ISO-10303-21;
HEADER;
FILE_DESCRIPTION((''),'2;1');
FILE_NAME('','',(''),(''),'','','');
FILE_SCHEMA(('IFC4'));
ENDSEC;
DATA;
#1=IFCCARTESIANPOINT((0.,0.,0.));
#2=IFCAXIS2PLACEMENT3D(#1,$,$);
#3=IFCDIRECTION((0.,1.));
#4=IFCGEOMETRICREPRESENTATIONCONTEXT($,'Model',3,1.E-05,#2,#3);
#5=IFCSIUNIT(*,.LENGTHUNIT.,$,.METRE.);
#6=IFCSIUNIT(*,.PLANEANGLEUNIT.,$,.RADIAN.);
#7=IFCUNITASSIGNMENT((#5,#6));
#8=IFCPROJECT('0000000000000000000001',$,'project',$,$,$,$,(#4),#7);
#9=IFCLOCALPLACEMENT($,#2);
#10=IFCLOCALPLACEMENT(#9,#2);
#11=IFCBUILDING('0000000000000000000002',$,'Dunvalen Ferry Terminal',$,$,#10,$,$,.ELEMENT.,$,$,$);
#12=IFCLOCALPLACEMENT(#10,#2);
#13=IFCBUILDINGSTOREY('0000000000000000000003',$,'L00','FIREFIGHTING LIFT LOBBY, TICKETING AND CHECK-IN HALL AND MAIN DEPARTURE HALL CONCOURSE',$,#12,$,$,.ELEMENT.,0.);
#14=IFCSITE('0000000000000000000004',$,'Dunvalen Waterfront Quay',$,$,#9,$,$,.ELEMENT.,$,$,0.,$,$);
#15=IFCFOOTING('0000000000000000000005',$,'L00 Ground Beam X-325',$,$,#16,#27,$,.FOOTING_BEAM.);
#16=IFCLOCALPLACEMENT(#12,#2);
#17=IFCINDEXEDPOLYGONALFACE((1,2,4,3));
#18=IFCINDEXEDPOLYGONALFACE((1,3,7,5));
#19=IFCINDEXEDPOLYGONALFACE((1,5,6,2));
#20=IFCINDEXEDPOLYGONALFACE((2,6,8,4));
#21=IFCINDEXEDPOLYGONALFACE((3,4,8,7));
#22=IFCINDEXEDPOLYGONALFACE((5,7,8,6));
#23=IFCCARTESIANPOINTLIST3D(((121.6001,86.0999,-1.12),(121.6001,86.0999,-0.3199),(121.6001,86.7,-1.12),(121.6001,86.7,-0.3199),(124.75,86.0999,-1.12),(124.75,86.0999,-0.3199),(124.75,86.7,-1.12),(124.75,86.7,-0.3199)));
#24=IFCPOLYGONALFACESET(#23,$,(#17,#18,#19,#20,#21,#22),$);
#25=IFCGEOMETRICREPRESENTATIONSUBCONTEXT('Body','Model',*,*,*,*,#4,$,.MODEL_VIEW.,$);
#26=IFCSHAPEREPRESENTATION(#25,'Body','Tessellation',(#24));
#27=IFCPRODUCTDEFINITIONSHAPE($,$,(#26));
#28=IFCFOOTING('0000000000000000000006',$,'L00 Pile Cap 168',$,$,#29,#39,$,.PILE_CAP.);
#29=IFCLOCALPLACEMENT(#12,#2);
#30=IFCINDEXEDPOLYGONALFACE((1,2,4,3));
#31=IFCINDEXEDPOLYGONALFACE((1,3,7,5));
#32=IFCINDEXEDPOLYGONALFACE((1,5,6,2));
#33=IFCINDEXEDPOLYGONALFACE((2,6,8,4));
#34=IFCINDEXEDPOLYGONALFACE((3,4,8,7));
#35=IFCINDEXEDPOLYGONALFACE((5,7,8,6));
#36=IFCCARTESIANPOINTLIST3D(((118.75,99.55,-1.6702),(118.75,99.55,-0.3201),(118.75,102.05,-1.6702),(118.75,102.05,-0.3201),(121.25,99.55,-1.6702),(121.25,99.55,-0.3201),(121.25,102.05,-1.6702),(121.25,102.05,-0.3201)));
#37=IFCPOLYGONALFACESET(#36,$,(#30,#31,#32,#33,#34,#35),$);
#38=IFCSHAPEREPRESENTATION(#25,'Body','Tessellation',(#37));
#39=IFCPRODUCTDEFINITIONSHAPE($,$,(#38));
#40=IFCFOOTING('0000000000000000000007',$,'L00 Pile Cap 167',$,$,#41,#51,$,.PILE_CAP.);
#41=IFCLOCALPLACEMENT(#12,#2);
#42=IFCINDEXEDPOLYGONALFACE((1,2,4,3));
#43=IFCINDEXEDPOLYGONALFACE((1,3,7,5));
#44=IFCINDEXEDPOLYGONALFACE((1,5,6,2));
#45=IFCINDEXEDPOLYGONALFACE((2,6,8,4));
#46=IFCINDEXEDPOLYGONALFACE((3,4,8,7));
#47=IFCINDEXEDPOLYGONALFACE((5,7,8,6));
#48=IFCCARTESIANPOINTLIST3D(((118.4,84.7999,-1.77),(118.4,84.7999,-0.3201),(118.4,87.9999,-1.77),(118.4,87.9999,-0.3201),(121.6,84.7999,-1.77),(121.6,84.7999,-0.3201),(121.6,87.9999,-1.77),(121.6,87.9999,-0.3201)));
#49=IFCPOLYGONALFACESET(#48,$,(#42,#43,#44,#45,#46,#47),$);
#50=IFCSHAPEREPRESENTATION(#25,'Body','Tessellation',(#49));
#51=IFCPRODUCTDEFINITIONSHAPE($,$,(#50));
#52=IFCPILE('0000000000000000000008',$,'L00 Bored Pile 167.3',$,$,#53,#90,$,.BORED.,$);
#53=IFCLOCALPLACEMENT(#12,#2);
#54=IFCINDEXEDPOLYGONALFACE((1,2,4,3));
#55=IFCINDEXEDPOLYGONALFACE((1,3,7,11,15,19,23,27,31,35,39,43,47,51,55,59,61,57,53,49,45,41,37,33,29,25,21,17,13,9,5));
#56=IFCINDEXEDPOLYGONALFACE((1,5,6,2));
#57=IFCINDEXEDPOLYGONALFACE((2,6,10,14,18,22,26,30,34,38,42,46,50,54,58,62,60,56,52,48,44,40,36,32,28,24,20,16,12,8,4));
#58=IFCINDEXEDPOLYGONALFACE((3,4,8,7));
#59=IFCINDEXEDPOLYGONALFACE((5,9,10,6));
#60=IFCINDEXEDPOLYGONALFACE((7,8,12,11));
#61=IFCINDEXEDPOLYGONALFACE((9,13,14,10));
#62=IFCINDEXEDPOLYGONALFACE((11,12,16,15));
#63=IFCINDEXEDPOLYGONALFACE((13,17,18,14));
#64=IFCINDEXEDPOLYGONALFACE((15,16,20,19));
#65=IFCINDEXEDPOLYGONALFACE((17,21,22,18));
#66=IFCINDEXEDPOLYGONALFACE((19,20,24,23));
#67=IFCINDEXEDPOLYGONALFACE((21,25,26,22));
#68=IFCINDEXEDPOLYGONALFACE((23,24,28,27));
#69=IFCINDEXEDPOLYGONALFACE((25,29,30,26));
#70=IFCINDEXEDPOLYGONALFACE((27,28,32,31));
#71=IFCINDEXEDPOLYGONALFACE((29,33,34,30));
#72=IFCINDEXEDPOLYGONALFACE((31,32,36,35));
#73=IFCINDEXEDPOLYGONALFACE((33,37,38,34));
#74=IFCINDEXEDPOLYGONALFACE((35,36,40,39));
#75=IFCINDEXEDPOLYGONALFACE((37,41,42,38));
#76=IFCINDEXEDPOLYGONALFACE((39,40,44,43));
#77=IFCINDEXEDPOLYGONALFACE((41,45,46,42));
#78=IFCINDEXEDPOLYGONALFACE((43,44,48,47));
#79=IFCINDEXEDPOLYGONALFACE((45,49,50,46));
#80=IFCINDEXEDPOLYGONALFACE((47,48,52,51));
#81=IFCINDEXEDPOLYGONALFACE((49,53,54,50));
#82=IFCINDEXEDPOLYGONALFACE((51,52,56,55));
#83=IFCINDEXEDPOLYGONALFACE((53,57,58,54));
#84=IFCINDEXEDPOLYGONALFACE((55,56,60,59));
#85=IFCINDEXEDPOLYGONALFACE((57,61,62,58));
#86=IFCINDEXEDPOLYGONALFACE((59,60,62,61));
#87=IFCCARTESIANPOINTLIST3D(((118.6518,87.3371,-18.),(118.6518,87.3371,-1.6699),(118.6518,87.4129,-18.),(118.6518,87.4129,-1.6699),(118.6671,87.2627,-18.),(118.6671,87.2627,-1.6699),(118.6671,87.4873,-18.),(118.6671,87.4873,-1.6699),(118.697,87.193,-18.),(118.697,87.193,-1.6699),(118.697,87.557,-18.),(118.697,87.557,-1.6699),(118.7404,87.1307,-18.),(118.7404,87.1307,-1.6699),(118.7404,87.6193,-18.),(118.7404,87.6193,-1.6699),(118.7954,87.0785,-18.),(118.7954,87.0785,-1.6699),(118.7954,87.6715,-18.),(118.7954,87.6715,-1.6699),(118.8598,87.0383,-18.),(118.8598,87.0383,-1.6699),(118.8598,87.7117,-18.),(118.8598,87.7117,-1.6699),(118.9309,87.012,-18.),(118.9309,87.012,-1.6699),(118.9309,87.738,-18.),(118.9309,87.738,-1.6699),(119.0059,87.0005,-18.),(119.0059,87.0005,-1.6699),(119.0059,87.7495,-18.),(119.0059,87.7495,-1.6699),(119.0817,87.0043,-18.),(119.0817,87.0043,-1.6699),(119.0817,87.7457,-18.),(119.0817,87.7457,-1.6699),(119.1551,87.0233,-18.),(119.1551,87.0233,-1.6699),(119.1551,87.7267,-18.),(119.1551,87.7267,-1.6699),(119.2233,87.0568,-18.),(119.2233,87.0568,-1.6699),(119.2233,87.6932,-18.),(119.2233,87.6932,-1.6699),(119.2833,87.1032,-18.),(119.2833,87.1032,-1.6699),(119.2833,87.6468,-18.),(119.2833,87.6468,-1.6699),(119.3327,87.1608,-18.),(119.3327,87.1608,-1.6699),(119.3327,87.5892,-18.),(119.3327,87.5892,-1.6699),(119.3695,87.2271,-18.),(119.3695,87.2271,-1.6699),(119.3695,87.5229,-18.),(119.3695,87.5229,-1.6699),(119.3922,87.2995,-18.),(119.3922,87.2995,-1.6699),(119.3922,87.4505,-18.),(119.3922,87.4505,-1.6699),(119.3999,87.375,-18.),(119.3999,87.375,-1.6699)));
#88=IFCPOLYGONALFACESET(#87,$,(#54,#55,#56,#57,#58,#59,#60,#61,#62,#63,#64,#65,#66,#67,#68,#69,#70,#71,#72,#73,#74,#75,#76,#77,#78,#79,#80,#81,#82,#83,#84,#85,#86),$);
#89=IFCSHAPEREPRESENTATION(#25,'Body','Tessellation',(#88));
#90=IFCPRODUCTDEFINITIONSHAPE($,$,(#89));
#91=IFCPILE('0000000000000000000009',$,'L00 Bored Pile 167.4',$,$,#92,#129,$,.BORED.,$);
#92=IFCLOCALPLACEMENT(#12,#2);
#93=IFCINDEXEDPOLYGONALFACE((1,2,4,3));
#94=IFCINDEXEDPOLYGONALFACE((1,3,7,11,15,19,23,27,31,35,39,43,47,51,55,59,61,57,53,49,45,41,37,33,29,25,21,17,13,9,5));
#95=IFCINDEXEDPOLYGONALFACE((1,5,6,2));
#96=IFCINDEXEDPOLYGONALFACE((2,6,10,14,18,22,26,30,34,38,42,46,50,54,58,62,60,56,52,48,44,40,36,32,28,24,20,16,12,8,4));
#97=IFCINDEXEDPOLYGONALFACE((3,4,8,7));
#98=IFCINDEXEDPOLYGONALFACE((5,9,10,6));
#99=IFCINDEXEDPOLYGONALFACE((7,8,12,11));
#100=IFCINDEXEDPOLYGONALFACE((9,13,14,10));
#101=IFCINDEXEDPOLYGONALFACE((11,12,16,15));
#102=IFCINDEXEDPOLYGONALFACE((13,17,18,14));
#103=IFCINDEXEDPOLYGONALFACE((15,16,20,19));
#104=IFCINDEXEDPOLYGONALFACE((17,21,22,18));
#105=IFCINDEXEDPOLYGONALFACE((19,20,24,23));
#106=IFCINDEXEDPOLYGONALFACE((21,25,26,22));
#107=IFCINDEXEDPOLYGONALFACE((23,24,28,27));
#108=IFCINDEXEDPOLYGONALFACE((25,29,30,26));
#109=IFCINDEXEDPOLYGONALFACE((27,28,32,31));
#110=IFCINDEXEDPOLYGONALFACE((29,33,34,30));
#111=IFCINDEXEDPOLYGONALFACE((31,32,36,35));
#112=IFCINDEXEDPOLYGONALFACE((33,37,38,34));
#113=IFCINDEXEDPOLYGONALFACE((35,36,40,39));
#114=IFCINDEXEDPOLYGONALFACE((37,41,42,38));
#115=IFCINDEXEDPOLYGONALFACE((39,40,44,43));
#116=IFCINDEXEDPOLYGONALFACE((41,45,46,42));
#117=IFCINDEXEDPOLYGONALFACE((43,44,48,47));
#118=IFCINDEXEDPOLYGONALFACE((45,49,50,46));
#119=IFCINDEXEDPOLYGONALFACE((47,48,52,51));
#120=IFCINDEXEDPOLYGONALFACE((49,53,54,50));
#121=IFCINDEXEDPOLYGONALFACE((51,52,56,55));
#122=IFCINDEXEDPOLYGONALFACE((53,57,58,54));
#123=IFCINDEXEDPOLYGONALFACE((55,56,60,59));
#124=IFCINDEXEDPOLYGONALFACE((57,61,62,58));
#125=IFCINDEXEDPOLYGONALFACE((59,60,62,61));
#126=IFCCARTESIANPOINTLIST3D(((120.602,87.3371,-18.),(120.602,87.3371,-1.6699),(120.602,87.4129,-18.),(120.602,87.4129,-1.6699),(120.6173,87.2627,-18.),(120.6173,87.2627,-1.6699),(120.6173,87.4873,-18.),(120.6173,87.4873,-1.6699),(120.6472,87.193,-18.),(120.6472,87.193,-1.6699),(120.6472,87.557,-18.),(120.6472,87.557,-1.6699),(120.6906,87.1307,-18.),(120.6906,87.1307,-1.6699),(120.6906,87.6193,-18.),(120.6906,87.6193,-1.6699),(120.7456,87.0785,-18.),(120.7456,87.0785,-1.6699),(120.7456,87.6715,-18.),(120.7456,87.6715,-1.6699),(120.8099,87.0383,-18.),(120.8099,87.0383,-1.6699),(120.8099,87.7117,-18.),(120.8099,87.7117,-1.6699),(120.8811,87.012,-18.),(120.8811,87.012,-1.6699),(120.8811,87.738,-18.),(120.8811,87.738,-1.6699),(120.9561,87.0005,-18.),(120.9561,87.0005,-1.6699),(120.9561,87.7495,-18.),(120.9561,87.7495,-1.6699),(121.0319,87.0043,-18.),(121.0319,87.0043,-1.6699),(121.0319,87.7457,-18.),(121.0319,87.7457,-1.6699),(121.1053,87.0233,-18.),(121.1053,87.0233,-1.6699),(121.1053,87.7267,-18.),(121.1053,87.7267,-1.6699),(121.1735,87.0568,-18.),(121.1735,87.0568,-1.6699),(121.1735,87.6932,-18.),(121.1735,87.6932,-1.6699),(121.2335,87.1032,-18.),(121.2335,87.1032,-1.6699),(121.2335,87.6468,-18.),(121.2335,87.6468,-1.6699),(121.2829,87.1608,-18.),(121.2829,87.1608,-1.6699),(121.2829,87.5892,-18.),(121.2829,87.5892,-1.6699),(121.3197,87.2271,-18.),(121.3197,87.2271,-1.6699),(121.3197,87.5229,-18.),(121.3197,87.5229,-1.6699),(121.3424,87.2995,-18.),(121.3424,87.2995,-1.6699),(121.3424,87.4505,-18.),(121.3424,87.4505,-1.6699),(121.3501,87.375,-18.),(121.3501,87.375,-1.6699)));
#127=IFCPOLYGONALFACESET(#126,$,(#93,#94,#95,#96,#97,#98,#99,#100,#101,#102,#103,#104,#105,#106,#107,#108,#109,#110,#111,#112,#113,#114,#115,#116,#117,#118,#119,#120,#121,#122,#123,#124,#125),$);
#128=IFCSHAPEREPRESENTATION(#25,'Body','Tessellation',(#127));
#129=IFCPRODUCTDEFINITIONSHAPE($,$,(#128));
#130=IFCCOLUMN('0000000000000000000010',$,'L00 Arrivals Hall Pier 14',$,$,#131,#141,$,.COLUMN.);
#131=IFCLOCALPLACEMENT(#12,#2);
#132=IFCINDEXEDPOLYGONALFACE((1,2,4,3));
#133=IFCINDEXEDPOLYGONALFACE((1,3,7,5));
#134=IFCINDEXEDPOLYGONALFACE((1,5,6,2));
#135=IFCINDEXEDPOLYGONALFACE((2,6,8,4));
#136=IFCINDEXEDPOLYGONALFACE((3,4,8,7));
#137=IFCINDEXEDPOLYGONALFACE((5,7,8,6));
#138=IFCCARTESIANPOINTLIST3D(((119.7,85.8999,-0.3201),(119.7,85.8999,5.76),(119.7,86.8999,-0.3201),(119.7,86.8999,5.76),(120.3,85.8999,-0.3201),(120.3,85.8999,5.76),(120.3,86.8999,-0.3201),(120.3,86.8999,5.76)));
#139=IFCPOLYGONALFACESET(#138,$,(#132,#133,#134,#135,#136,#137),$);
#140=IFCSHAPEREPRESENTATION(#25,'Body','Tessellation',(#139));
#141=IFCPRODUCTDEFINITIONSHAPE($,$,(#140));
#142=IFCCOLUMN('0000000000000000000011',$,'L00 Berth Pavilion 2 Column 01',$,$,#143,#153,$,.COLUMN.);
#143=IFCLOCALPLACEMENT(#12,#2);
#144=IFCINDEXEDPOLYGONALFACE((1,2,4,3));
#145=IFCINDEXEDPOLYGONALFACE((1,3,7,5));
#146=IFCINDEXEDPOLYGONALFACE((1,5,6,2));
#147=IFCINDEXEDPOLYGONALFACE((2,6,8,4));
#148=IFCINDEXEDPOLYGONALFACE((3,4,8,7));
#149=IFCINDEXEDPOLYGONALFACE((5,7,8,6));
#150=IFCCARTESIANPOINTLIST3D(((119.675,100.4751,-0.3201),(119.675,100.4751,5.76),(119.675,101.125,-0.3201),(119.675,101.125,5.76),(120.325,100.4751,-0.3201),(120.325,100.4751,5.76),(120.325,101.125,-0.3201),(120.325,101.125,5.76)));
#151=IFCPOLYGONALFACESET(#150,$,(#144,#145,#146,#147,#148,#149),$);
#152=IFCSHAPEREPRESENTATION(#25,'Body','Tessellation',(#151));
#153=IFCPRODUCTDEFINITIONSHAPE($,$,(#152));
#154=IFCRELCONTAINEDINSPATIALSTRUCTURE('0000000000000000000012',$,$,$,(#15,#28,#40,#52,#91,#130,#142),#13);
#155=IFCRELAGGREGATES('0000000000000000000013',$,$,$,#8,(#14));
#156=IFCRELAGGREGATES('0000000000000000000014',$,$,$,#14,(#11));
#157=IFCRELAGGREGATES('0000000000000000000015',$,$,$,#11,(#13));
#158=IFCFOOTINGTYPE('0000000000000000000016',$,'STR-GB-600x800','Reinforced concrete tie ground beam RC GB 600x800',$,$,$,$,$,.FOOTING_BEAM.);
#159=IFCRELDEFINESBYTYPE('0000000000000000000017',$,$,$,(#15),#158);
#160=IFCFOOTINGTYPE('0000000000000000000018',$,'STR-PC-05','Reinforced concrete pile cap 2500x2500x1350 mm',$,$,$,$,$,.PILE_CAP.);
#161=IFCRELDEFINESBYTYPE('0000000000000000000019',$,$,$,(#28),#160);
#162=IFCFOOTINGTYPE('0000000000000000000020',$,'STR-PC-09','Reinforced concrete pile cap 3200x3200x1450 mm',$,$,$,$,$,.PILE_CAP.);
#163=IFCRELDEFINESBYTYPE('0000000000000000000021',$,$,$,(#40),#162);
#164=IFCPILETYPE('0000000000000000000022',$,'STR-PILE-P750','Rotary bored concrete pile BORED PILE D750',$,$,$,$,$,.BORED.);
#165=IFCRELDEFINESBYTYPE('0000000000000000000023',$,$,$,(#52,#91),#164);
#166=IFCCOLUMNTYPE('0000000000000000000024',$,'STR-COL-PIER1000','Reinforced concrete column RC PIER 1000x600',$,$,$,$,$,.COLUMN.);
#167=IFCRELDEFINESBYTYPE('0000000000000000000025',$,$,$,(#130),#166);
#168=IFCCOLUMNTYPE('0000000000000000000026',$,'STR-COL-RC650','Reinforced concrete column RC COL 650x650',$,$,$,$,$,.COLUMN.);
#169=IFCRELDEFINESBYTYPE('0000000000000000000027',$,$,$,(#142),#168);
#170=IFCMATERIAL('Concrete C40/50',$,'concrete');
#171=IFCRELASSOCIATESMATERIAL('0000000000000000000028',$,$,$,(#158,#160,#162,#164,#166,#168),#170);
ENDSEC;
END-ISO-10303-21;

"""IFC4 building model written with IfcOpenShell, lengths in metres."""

from ifc_helpers import new_model, si_unit, direction, frame, origin, origin_2d, place, context, subcontext, project, spatial, rectangle, circle, extrude, material, material_profile, profile_set, type_object, element, save


model = new_model("IFC4")

# Units and contexts
model_context = context("Model", 3, precision=1e-05, world=origin(), true_north=direction((0.0, 1.0)))
body_context = subcontext(model_context, "Body", "Model", "MODEL_VIEW")
ifc_project = project(units=[si_unit("LENGTHUNIT", "METRE"), si_unit("PLANEANGLEUNIT", "RADIAN")], contexts=[model_context])

# Site, building, storey
site_placement = place(None, origin())
site = spatial("IfcSite", under=ifc_project, at=site_placement, Name="Dunvalen Waterfront Quay", CompositionType="ELEMENT", RefElevation=0.0)
building_placement = place(site_placement, origin())
building = spatial("IfcBuilding", under=site, at=building_placement, Name="Dunvalen Ferry Terminal", CompositionType="ELEMENT")
storey_placement = place(building_placement, origin())
storey = spatial("IfcBuildingStorey", under=building, at=storey_placement, Name="L00", Description="FIREFIGHTING LIFT LOBBY, TICKETING AND CHECK-IN HALL AND MAIN DEPARTURE HALL CONCOURSE", CompositionType="ELEMENT", Elevation=0.0)

# Footings
ifc_material_1 = material(Name="Concrete C40/50", Category="concrete")
ifc_material_profile_1 = material_profile(ifc_material_1, rectangle(XDim=0.6001, YDim=0.8, at=origin_2d()), Name="Concrete C40/50")
ifc_profile_set_1 = profile_set([ifc_material_profile_1], Name="Concrete C40/50")
footing_type_1 = type_object("IfcFootingType", Name="STR-GB-600x800", Description="Reinforced concrete tie ground beam RC GB 600x800", PredefinedType="FOOTING_BEAM", material=ifc_profile_set_1)
footing_1_placement = place(storey_placement, frame((121.6001, 86.3999, -0.72), z_axis=(1.0, 0.0, 0.0), x_axis=(0.0, 1.0, 0.0)))
element("IfcFooting", 1, at=footing_1_placement, inside=storey, type_object=footing_type_1, Name="L00 Ground Beam X-325", PredefinedType="FOOTING_BEAM", context=body_context, shape_type="SweptSolid", body=[
    extrude(rectangle(XDim=0.6001, YDim=0.8, at=origin_2d()), origin(), (0.0, 0.0, 1.0), 3.1499),
])
footing_type_2 = type_object("IfcFootingType", Name="STR-PC-05", Description="Reinforced concrete pile cap 2500x2500x1350 mm", PredefinedType="PILE_CAP", material=ifc_material_1)
footing_2_placement = place(storey_placement, frame((120.0, 100.8, -1.6702), z_axis=(0.0, 0.0, 1.0), x_axis=(1.0, 0.0, 0.0)))
element("IfcFooting", 2, at=footing_2_placement, inside=storey, type_object=footing_type_2, Name="L00 Pile Cap 168", PredefinedType="PILE_CAP", context=body_context, shape_type="SweptSolid", body=[
    extrude(rectangle(XDim=2.5, YDim=2.5, at=origin_2d()), origin(), (0.0, 0.0, 1.0), 1.3501),
])
footing_type_3 = type_object("IfcFootingType", Name="STR-PC-09", Description="Reinforced concrete pile cap 3200x3200x1450 mm", PredefinedType="PILE_CAP", material=ifc_material_1)
footing_3_placement = place(storey_placement, frame((120.0, 86.3999, -1.77), z_axis=(0.0, 0.0, 1.0), x_axis=(1.0, 0.0, 0.0)))
element("IfcFooting", 3, at=footing_3_placement, inside=storey, type_object=footing_type_3, Name="L00 Pile Cap 167", PredefinedType="PILE_CAP", context=body_context, shape_type="SweptSolid", body=[
    extrude(rectangle(XDim=3.2, YDim=3.2, at=origin_2d()), origin(), (0.0, 0.0, 1.0), 1.45),
])

# Piles
ifc_material_profile_2 = material_profile(ifc_material_1, circle(Radius=0.375, at=origin_2d()), Name="Concrete C40/50")
ifc_profile_set_2 = profile_set([ifc_material_profile_2], Name="Concrete C40/50")
pile_type = type_object("IfcPileType", Name="STR-PILE-P750", Description="Rotary bored concrete pile BORED PILE D750", PredefinedType="BORED", material=ifc_profile_set_2)
for number, where, z_axis, x_axis, name in (
    (4, (119.0249, 87.375, -1.6699), (0.0, 0.0, -1.0), (1.0, 0.0, 0.0), "L00 Bored Pile 167.3"),
    (5, (120.9751, 87.375, -1.6699), (0.0, 0.0, -1.0), (1.0, 0.0, 0.0), "L00 Bored Pile 167.4"),
):
    element("IfcPile", number, at=place(storey_placement, frame(where, z_axis=z_axis, x_axis=x_axis)), inside=storey, type_object=pile_type, Name=name, PredefinedType="BORED", context=body_context, shape_type="SweptSolid", body=[
        extrude(circle(Radius=0.375, at=origin_2d()), origin(), (0.0, 0.0, 1.0), 16.3301),
    ])

# Columns
ifc_material_profile_3 = material_profile(ifc_material_1, rectangle(XDim=0.6001, YDim=1.0, at=origin_2d()), Name="Concrete C40/50")
ifc_profile_set_3 = profile_set([ifc_material_profile_3], Name="Concrete C40/50")
column_type_1 = type_object("IfcColumnType", Name="STR-COL-PIER1000", Description="Reinforced concrete column RC PIER 1000x600", PredefinedType="COLUMN", material=ifc_profile_set_3)
column_1_placement = place(storey_placement, frame((120.0, 86.3999, -0.3201), z_axis=(0.0, 0.0, 1.0), x_axis=(1.0, 0.0, 0.0)))
element("IfcColumn", 6, at=column_1_placement, inside=storey, type_object=column_type_1, Name="L00 Arrivals Hall Pier 14", PredefinedType="COLUMN", context=body_context, shape_type="SweptSolid", body=[
    extrude(rectangle(XDim=0.6001, YDim=1.0, at=origin_2d()), origin(), (0.0, 0.0, 1.0), 6.0801),
])
ifc_material_profile_4 = material_profile(ifc_material_1, rectangle(XDim=0.6499, YDim=0.6499, at=origin_2d()), Name="Concrete C40/50")
ifc_profile_set_4 = profile_set([ifc_material_profile_4], Name="Concrete C40/50")
column_type_2 = type_object("IfcColumnType", Name="STR-COL-RC650", Description="Reinforced concrete column RC COL 650x650", PredefinedType="COLUMN", material=ifc_profile_set_4)
column_2_placement = place(storey_placement, frame((120.0, 100.8, -0.3201), z_axis=(0.0, 0.0, 1.0), x_axis=(1.0, 0.0, 0.0)))
element("IfcColumn", 7, at=column_2_placement, inside=storey, type_object=column_type_2, Name="L00 Berth Pavilion 2 Column 01", PredefinedType="COLUMN", context=body_context, shape_type="SweptSolid", body=[
    extrude(rectangle(XDim=0.6499, YDim=0.6499, at=origin_2d()), origin(), (0.0, 0.0, 1.0), 6.0801),
])

save(model, "model.ifc")
